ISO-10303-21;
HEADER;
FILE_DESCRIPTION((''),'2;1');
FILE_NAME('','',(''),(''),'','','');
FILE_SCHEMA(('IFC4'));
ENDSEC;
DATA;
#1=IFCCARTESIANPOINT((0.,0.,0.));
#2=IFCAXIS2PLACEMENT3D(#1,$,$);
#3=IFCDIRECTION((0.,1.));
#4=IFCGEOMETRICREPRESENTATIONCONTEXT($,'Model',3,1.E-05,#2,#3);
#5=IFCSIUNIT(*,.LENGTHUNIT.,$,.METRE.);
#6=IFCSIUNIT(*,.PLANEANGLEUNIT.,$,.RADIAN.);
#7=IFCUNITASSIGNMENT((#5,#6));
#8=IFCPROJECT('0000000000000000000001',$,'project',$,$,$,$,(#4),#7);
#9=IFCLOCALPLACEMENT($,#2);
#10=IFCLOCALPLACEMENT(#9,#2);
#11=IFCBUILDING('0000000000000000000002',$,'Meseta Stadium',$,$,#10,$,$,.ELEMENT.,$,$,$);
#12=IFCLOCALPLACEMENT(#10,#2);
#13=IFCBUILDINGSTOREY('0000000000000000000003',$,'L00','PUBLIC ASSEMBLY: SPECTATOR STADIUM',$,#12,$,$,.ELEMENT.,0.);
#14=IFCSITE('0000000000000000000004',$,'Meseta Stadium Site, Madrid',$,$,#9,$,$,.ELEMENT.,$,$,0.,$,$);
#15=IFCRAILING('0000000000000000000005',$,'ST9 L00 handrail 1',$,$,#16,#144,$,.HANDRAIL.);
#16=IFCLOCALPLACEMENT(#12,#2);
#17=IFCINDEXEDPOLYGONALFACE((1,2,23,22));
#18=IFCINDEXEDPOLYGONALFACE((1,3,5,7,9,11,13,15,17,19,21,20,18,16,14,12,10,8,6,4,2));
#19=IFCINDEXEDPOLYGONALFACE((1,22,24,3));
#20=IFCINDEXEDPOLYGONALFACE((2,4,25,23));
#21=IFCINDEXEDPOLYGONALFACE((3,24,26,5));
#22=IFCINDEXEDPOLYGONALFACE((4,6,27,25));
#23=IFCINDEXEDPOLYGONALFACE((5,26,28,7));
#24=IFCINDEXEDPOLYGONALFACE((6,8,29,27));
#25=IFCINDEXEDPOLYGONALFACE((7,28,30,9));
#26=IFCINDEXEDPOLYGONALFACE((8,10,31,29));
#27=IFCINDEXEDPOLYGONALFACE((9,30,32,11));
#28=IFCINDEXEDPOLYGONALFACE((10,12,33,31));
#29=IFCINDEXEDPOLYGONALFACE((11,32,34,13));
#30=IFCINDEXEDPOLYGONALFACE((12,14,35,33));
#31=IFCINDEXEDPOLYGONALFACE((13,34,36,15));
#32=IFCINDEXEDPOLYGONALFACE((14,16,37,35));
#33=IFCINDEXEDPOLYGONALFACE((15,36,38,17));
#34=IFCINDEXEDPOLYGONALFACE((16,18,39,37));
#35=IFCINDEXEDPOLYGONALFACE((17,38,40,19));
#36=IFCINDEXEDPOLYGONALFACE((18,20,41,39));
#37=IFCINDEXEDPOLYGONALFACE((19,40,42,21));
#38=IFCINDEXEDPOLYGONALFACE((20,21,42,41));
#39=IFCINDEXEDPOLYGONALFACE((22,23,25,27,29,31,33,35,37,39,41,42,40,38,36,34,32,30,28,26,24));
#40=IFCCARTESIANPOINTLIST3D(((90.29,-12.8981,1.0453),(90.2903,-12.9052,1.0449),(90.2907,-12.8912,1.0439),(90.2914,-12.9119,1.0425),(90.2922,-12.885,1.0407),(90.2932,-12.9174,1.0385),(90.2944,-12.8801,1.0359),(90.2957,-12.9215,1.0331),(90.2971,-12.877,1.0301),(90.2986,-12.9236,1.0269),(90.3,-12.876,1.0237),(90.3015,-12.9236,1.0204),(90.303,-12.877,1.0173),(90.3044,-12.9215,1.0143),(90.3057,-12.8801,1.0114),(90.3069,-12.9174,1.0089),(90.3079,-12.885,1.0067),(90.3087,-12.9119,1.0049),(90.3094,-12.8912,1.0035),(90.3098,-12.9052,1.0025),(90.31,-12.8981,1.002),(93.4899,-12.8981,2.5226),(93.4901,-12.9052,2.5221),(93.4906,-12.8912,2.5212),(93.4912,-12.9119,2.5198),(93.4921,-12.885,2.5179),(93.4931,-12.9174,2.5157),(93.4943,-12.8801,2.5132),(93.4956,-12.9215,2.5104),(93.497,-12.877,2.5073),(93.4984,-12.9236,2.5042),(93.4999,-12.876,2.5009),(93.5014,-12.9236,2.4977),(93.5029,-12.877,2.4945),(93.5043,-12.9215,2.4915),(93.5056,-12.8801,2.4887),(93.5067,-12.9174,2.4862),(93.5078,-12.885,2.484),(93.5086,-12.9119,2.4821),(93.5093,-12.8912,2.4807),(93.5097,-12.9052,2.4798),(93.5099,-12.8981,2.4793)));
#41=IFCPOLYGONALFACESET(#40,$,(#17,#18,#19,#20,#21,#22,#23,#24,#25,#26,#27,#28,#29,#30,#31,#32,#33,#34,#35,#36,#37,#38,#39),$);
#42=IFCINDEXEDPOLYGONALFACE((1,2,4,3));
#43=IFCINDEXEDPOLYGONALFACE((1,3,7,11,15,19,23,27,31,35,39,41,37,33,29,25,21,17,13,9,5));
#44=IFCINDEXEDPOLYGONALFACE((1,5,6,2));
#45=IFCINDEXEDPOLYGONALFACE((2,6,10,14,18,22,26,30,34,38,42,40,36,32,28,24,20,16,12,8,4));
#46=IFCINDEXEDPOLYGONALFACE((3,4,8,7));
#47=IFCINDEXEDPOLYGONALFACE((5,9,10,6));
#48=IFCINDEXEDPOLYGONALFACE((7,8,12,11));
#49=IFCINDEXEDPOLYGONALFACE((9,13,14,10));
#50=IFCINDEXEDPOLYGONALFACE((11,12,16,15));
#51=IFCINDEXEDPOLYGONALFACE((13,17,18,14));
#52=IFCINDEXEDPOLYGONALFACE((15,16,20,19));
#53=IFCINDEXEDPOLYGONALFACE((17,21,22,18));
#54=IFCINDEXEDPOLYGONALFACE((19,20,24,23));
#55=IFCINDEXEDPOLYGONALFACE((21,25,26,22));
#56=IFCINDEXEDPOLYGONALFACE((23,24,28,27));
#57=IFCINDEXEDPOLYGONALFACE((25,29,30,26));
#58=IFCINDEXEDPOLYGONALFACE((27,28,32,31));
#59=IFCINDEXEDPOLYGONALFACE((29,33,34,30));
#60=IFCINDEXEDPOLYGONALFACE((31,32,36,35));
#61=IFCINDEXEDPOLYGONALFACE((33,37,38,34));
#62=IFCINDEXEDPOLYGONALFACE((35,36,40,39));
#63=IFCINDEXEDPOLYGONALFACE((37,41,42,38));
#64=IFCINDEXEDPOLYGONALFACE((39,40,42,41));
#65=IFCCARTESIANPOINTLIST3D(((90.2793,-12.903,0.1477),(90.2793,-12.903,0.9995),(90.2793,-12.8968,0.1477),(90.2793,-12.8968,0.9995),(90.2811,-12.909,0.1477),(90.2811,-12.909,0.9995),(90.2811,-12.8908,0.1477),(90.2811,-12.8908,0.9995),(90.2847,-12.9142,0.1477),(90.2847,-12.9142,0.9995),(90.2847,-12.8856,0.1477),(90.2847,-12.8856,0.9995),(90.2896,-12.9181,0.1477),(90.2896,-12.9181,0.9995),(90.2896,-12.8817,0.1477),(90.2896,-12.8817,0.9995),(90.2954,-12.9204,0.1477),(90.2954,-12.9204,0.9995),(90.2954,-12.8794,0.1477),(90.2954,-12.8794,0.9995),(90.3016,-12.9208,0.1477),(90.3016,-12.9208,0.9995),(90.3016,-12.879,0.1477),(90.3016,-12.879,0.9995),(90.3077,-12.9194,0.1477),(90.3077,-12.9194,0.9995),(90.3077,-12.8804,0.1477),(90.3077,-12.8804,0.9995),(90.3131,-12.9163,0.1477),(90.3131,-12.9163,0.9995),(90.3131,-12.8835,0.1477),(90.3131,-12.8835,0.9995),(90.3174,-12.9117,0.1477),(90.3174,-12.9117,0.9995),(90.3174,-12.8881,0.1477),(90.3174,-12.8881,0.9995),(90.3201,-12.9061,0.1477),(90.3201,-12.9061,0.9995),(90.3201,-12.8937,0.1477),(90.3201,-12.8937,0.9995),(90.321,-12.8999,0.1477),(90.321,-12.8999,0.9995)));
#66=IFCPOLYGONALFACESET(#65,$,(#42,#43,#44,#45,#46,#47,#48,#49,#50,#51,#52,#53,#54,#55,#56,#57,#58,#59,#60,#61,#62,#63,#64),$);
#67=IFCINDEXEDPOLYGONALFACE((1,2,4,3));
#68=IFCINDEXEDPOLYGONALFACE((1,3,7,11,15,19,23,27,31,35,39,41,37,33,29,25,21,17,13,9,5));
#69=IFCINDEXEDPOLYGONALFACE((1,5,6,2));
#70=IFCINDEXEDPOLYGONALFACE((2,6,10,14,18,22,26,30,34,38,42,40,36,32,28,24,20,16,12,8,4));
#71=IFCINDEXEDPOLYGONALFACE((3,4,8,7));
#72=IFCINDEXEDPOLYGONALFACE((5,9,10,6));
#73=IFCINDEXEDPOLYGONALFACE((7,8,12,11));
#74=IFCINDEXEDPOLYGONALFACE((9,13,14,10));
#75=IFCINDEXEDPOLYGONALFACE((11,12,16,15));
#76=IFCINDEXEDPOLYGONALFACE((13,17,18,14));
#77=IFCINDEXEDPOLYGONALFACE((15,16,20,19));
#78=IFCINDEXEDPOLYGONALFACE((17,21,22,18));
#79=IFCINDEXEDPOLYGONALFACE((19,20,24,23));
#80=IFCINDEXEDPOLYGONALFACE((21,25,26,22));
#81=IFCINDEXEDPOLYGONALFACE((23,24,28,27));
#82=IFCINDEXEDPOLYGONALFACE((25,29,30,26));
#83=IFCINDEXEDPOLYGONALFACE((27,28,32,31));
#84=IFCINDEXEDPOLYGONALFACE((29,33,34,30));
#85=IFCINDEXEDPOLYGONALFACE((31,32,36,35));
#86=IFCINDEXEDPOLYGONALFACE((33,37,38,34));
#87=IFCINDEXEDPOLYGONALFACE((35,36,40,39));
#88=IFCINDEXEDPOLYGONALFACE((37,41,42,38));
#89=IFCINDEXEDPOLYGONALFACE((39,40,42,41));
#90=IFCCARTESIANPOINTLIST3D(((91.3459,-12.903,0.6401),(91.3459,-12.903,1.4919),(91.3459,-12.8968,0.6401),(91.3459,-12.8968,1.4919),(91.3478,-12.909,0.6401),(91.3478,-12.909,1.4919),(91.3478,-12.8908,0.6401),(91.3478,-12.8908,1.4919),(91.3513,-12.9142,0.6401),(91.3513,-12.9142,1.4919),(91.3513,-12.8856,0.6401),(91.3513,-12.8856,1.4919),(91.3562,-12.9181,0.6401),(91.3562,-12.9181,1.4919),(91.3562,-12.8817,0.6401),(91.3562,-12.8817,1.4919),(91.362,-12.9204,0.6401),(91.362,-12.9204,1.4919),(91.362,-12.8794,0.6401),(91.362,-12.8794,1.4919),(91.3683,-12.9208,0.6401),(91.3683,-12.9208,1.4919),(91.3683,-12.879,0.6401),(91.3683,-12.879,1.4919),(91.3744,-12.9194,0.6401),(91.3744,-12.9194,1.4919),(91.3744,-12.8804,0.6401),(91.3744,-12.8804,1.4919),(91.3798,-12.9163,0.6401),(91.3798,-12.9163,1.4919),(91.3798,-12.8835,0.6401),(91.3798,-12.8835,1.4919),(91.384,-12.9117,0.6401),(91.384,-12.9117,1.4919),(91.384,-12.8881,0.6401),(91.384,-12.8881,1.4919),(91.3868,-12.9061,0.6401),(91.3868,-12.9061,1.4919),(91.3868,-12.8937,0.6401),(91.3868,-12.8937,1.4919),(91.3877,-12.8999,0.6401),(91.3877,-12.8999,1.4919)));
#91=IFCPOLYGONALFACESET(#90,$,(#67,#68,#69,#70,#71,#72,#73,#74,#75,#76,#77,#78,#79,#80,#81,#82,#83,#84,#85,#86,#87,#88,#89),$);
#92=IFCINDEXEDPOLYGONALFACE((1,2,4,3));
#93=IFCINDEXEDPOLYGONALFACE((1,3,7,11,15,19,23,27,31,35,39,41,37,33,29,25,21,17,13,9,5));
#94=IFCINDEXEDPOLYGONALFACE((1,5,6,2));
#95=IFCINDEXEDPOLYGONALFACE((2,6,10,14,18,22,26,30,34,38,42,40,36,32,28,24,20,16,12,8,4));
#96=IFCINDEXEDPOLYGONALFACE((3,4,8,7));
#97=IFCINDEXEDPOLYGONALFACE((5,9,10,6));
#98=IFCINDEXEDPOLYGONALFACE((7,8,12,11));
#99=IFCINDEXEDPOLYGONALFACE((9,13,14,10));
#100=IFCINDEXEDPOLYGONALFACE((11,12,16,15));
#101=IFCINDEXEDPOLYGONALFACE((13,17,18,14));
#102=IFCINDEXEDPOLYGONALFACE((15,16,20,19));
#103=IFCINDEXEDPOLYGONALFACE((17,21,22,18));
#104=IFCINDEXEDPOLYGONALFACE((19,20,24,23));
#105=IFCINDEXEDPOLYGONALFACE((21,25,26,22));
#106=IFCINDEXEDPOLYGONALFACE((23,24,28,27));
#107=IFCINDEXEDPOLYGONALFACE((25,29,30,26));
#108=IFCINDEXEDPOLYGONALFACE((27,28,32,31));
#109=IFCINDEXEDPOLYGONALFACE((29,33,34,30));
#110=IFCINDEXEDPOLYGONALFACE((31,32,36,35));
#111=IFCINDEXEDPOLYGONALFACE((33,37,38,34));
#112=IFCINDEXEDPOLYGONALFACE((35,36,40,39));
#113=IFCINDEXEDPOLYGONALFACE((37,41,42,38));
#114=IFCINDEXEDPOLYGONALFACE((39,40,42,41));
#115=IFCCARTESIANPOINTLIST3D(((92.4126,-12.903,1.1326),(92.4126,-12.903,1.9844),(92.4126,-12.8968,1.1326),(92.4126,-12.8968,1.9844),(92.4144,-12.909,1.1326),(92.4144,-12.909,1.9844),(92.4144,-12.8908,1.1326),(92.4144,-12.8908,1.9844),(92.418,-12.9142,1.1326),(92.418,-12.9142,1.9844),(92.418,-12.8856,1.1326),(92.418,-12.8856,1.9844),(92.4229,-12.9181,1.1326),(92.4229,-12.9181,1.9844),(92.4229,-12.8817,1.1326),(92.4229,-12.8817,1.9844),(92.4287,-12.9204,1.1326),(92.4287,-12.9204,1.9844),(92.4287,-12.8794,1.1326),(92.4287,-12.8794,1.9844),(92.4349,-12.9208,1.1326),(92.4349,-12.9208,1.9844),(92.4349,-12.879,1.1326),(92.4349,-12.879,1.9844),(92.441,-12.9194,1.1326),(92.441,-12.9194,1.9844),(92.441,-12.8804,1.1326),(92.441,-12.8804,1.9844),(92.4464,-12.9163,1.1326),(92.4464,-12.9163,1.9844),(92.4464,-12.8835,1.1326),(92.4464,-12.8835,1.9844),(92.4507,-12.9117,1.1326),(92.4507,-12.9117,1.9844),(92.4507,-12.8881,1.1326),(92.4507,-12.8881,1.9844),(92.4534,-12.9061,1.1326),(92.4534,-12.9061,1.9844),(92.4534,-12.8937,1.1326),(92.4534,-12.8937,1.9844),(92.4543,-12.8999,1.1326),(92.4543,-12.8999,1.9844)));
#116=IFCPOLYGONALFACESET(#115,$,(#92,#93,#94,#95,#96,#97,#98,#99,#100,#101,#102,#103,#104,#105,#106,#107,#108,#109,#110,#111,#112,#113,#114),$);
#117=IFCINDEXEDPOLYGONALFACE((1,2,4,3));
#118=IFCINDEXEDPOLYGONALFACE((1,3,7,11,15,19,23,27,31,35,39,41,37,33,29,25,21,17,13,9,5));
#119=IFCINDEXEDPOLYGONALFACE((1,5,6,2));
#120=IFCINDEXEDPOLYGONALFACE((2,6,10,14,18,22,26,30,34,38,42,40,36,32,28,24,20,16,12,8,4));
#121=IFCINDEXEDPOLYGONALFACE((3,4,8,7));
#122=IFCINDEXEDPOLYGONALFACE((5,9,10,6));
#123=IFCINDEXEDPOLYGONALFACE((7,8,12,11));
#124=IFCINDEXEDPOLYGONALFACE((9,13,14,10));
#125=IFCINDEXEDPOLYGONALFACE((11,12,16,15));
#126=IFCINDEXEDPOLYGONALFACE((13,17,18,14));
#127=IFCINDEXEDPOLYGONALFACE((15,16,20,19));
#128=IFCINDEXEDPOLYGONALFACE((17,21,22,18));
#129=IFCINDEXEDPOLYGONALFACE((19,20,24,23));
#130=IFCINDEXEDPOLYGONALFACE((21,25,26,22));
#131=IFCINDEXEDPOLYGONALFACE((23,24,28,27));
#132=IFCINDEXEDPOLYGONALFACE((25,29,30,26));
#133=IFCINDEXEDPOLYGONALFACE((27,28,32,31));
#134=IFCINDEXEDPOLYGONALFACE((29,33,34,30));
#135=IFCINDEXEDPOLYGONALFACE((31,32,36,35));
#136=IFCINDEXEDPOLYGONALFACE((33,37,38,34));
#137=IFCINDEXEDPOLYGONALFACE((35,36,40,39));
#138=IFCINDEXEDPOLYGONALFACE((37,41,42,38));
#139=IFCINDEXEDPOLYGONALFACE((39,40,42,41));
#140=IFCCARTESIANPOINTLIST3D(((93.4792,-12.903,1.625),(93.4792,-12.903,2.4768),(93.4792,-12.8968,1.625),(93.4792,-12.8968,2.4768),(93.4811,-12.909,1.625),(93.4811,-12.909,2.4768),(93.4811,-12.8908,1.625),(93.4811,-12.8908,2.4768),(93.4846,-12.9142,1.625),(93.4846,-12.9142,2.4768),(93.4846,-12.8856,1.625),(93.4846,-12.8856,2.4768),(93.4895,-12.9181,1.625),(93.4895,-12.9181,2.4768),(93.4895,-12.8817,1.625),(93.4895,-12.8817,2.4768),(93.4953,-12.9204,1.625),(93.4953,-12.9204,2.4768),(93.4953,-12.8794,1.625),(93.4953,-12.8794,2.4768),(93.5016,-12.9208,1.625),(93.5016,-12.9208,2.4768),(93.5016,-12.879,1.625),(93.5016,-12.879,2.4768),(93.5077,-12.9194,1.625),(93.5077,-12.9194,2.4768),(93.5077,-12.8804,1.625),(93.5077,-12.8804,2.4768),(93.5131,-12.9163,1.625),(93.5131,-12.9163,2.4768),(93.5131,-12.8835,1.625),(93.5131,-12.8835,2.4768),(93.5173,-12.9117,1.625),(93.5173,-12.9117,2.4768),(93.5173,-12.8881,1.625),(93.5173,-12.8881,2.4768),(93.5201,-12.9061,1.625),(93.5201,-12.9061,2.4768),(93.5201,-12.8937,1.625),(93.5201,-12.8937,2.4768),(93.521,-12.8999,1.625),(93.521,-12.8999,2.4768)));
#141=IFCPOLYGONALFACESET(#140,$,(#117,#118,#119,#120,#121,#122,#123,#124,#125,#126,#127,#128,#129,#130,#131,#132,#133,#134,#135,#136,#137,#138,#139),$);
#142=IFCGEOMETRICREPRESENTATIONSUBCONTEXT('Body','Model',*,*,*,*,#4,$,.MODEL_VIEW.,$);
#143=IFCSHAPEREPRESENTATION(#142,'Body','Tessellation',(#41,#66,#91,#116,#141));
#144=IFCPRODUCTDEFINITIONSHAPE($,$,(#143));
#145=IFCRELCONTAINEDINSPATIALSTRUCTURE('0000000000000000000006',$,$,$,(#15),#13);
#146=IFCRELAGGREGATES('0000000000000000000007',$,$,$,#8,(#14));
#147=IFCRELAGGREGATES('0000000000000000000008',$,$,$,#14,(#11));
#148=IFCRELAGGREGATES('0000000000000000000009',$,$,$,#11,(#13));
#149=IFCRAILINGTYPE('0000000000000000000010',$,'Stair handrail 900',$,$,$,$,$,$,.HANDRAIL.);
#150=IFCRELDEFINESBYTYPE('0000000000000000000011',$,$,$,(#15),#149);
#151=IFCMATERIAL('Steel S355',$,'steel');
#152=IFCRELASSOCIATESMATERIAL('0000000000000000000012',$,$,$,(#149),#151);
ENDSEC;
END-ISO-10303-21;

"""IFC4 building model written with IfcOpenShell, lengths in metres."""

from ifc_helpers import new_model, si_unit, direction, frame, origin, origin_2d, place, context, subcontext, project, spatial, circle, extrude, material, type_object, element, save


model = new_model("IFC4")

# Units and contexts
model_context = context("Model", 3, precision=1e-05, world=origin(), true_north=direction((0.0, 1.0)))
body_context = subcontext(model_context, "Body", "Model", "MODEL_VIEW")
ifc_project = project(units=[si_unit("LENGTHUNIT", "METRE"), si_unit("PLANEANGLEUNIT", "RADIAN")], contexts=[model_context])

# Site, building, storey
site_placement = place(None, origin())
site = spatial("IfcSite", under=ifc_project, at=site_placement, Name="Meseta Stadium Site, Madrid", CompositionType="ELEMENT", RefElevation=0.0)
building_placement = place(site_placement, origin())
building = spatial("IfcBuilding", under=site, at=building_placement, Name="Meseta Stadium", CompositionType="ELEMENT")
storey_placement = place(building_placement, origin())
storey = spatial("IfcBuildingStorey", under=building, at=storey_placement, Name="L00", Description="PUBLIC ASSEMBLY: SPECTATOR STADIUM", CompositionType="ELEMENT", Elevation=0.0)

# Railing
ifc_material_1 = material(Name="Steel S355", Category="steel")
railing_type_1 = type_object("IfcRailingType", Name="Stair handrail 900", PredefinedType="HANDRAIL", material=ifc_material_1)
for number, where, name in (
    (1, (90.3, -12.8999, 0.1477), "ST9 L00 handrail 1"),
):
    element("IfcRailing", number, at=place(storey_placement, frame(where)), inside=storey, type_object=railing_type_1, Name=name, PredefinedType="HANDRAIL", context=body_context, shape_type="SweptSolid", body=[
        extrude(circle(Radius=0.0239, at=origin_2d()), frame((0.0, 0.0, 0.876), z_axis=(0.907917, 0.0, 0.41915), x_axis=(0.0, 1.0, 0.0)), (0.0, 0.0, 1.0), 3.5244),
        extrude(circle(Radius=0.021, at=origin_2d()), origin(), (0.0, 0.0, 1.0), 0.8518),
        extrude(circle(Radius=0.021, at=origin_2d()), frame((1.0667, 0.0, 0.4924)), (0.0, 0.0, 1.0), 0.8518),
        extrude(circle(Radius=0.021, at=origin_2d()), frame((2.1333, 0.0, 0.9849)), (0.0, 0.0, 1.0), 0.8518),
        extrude(circle(Radius=0.021, at=origin_2d()), frame((3.2, 0.0, 1.4773)), (0.0, 0.0, 1.0), 0.8518),
    ])

save(model, "model.ifc")
